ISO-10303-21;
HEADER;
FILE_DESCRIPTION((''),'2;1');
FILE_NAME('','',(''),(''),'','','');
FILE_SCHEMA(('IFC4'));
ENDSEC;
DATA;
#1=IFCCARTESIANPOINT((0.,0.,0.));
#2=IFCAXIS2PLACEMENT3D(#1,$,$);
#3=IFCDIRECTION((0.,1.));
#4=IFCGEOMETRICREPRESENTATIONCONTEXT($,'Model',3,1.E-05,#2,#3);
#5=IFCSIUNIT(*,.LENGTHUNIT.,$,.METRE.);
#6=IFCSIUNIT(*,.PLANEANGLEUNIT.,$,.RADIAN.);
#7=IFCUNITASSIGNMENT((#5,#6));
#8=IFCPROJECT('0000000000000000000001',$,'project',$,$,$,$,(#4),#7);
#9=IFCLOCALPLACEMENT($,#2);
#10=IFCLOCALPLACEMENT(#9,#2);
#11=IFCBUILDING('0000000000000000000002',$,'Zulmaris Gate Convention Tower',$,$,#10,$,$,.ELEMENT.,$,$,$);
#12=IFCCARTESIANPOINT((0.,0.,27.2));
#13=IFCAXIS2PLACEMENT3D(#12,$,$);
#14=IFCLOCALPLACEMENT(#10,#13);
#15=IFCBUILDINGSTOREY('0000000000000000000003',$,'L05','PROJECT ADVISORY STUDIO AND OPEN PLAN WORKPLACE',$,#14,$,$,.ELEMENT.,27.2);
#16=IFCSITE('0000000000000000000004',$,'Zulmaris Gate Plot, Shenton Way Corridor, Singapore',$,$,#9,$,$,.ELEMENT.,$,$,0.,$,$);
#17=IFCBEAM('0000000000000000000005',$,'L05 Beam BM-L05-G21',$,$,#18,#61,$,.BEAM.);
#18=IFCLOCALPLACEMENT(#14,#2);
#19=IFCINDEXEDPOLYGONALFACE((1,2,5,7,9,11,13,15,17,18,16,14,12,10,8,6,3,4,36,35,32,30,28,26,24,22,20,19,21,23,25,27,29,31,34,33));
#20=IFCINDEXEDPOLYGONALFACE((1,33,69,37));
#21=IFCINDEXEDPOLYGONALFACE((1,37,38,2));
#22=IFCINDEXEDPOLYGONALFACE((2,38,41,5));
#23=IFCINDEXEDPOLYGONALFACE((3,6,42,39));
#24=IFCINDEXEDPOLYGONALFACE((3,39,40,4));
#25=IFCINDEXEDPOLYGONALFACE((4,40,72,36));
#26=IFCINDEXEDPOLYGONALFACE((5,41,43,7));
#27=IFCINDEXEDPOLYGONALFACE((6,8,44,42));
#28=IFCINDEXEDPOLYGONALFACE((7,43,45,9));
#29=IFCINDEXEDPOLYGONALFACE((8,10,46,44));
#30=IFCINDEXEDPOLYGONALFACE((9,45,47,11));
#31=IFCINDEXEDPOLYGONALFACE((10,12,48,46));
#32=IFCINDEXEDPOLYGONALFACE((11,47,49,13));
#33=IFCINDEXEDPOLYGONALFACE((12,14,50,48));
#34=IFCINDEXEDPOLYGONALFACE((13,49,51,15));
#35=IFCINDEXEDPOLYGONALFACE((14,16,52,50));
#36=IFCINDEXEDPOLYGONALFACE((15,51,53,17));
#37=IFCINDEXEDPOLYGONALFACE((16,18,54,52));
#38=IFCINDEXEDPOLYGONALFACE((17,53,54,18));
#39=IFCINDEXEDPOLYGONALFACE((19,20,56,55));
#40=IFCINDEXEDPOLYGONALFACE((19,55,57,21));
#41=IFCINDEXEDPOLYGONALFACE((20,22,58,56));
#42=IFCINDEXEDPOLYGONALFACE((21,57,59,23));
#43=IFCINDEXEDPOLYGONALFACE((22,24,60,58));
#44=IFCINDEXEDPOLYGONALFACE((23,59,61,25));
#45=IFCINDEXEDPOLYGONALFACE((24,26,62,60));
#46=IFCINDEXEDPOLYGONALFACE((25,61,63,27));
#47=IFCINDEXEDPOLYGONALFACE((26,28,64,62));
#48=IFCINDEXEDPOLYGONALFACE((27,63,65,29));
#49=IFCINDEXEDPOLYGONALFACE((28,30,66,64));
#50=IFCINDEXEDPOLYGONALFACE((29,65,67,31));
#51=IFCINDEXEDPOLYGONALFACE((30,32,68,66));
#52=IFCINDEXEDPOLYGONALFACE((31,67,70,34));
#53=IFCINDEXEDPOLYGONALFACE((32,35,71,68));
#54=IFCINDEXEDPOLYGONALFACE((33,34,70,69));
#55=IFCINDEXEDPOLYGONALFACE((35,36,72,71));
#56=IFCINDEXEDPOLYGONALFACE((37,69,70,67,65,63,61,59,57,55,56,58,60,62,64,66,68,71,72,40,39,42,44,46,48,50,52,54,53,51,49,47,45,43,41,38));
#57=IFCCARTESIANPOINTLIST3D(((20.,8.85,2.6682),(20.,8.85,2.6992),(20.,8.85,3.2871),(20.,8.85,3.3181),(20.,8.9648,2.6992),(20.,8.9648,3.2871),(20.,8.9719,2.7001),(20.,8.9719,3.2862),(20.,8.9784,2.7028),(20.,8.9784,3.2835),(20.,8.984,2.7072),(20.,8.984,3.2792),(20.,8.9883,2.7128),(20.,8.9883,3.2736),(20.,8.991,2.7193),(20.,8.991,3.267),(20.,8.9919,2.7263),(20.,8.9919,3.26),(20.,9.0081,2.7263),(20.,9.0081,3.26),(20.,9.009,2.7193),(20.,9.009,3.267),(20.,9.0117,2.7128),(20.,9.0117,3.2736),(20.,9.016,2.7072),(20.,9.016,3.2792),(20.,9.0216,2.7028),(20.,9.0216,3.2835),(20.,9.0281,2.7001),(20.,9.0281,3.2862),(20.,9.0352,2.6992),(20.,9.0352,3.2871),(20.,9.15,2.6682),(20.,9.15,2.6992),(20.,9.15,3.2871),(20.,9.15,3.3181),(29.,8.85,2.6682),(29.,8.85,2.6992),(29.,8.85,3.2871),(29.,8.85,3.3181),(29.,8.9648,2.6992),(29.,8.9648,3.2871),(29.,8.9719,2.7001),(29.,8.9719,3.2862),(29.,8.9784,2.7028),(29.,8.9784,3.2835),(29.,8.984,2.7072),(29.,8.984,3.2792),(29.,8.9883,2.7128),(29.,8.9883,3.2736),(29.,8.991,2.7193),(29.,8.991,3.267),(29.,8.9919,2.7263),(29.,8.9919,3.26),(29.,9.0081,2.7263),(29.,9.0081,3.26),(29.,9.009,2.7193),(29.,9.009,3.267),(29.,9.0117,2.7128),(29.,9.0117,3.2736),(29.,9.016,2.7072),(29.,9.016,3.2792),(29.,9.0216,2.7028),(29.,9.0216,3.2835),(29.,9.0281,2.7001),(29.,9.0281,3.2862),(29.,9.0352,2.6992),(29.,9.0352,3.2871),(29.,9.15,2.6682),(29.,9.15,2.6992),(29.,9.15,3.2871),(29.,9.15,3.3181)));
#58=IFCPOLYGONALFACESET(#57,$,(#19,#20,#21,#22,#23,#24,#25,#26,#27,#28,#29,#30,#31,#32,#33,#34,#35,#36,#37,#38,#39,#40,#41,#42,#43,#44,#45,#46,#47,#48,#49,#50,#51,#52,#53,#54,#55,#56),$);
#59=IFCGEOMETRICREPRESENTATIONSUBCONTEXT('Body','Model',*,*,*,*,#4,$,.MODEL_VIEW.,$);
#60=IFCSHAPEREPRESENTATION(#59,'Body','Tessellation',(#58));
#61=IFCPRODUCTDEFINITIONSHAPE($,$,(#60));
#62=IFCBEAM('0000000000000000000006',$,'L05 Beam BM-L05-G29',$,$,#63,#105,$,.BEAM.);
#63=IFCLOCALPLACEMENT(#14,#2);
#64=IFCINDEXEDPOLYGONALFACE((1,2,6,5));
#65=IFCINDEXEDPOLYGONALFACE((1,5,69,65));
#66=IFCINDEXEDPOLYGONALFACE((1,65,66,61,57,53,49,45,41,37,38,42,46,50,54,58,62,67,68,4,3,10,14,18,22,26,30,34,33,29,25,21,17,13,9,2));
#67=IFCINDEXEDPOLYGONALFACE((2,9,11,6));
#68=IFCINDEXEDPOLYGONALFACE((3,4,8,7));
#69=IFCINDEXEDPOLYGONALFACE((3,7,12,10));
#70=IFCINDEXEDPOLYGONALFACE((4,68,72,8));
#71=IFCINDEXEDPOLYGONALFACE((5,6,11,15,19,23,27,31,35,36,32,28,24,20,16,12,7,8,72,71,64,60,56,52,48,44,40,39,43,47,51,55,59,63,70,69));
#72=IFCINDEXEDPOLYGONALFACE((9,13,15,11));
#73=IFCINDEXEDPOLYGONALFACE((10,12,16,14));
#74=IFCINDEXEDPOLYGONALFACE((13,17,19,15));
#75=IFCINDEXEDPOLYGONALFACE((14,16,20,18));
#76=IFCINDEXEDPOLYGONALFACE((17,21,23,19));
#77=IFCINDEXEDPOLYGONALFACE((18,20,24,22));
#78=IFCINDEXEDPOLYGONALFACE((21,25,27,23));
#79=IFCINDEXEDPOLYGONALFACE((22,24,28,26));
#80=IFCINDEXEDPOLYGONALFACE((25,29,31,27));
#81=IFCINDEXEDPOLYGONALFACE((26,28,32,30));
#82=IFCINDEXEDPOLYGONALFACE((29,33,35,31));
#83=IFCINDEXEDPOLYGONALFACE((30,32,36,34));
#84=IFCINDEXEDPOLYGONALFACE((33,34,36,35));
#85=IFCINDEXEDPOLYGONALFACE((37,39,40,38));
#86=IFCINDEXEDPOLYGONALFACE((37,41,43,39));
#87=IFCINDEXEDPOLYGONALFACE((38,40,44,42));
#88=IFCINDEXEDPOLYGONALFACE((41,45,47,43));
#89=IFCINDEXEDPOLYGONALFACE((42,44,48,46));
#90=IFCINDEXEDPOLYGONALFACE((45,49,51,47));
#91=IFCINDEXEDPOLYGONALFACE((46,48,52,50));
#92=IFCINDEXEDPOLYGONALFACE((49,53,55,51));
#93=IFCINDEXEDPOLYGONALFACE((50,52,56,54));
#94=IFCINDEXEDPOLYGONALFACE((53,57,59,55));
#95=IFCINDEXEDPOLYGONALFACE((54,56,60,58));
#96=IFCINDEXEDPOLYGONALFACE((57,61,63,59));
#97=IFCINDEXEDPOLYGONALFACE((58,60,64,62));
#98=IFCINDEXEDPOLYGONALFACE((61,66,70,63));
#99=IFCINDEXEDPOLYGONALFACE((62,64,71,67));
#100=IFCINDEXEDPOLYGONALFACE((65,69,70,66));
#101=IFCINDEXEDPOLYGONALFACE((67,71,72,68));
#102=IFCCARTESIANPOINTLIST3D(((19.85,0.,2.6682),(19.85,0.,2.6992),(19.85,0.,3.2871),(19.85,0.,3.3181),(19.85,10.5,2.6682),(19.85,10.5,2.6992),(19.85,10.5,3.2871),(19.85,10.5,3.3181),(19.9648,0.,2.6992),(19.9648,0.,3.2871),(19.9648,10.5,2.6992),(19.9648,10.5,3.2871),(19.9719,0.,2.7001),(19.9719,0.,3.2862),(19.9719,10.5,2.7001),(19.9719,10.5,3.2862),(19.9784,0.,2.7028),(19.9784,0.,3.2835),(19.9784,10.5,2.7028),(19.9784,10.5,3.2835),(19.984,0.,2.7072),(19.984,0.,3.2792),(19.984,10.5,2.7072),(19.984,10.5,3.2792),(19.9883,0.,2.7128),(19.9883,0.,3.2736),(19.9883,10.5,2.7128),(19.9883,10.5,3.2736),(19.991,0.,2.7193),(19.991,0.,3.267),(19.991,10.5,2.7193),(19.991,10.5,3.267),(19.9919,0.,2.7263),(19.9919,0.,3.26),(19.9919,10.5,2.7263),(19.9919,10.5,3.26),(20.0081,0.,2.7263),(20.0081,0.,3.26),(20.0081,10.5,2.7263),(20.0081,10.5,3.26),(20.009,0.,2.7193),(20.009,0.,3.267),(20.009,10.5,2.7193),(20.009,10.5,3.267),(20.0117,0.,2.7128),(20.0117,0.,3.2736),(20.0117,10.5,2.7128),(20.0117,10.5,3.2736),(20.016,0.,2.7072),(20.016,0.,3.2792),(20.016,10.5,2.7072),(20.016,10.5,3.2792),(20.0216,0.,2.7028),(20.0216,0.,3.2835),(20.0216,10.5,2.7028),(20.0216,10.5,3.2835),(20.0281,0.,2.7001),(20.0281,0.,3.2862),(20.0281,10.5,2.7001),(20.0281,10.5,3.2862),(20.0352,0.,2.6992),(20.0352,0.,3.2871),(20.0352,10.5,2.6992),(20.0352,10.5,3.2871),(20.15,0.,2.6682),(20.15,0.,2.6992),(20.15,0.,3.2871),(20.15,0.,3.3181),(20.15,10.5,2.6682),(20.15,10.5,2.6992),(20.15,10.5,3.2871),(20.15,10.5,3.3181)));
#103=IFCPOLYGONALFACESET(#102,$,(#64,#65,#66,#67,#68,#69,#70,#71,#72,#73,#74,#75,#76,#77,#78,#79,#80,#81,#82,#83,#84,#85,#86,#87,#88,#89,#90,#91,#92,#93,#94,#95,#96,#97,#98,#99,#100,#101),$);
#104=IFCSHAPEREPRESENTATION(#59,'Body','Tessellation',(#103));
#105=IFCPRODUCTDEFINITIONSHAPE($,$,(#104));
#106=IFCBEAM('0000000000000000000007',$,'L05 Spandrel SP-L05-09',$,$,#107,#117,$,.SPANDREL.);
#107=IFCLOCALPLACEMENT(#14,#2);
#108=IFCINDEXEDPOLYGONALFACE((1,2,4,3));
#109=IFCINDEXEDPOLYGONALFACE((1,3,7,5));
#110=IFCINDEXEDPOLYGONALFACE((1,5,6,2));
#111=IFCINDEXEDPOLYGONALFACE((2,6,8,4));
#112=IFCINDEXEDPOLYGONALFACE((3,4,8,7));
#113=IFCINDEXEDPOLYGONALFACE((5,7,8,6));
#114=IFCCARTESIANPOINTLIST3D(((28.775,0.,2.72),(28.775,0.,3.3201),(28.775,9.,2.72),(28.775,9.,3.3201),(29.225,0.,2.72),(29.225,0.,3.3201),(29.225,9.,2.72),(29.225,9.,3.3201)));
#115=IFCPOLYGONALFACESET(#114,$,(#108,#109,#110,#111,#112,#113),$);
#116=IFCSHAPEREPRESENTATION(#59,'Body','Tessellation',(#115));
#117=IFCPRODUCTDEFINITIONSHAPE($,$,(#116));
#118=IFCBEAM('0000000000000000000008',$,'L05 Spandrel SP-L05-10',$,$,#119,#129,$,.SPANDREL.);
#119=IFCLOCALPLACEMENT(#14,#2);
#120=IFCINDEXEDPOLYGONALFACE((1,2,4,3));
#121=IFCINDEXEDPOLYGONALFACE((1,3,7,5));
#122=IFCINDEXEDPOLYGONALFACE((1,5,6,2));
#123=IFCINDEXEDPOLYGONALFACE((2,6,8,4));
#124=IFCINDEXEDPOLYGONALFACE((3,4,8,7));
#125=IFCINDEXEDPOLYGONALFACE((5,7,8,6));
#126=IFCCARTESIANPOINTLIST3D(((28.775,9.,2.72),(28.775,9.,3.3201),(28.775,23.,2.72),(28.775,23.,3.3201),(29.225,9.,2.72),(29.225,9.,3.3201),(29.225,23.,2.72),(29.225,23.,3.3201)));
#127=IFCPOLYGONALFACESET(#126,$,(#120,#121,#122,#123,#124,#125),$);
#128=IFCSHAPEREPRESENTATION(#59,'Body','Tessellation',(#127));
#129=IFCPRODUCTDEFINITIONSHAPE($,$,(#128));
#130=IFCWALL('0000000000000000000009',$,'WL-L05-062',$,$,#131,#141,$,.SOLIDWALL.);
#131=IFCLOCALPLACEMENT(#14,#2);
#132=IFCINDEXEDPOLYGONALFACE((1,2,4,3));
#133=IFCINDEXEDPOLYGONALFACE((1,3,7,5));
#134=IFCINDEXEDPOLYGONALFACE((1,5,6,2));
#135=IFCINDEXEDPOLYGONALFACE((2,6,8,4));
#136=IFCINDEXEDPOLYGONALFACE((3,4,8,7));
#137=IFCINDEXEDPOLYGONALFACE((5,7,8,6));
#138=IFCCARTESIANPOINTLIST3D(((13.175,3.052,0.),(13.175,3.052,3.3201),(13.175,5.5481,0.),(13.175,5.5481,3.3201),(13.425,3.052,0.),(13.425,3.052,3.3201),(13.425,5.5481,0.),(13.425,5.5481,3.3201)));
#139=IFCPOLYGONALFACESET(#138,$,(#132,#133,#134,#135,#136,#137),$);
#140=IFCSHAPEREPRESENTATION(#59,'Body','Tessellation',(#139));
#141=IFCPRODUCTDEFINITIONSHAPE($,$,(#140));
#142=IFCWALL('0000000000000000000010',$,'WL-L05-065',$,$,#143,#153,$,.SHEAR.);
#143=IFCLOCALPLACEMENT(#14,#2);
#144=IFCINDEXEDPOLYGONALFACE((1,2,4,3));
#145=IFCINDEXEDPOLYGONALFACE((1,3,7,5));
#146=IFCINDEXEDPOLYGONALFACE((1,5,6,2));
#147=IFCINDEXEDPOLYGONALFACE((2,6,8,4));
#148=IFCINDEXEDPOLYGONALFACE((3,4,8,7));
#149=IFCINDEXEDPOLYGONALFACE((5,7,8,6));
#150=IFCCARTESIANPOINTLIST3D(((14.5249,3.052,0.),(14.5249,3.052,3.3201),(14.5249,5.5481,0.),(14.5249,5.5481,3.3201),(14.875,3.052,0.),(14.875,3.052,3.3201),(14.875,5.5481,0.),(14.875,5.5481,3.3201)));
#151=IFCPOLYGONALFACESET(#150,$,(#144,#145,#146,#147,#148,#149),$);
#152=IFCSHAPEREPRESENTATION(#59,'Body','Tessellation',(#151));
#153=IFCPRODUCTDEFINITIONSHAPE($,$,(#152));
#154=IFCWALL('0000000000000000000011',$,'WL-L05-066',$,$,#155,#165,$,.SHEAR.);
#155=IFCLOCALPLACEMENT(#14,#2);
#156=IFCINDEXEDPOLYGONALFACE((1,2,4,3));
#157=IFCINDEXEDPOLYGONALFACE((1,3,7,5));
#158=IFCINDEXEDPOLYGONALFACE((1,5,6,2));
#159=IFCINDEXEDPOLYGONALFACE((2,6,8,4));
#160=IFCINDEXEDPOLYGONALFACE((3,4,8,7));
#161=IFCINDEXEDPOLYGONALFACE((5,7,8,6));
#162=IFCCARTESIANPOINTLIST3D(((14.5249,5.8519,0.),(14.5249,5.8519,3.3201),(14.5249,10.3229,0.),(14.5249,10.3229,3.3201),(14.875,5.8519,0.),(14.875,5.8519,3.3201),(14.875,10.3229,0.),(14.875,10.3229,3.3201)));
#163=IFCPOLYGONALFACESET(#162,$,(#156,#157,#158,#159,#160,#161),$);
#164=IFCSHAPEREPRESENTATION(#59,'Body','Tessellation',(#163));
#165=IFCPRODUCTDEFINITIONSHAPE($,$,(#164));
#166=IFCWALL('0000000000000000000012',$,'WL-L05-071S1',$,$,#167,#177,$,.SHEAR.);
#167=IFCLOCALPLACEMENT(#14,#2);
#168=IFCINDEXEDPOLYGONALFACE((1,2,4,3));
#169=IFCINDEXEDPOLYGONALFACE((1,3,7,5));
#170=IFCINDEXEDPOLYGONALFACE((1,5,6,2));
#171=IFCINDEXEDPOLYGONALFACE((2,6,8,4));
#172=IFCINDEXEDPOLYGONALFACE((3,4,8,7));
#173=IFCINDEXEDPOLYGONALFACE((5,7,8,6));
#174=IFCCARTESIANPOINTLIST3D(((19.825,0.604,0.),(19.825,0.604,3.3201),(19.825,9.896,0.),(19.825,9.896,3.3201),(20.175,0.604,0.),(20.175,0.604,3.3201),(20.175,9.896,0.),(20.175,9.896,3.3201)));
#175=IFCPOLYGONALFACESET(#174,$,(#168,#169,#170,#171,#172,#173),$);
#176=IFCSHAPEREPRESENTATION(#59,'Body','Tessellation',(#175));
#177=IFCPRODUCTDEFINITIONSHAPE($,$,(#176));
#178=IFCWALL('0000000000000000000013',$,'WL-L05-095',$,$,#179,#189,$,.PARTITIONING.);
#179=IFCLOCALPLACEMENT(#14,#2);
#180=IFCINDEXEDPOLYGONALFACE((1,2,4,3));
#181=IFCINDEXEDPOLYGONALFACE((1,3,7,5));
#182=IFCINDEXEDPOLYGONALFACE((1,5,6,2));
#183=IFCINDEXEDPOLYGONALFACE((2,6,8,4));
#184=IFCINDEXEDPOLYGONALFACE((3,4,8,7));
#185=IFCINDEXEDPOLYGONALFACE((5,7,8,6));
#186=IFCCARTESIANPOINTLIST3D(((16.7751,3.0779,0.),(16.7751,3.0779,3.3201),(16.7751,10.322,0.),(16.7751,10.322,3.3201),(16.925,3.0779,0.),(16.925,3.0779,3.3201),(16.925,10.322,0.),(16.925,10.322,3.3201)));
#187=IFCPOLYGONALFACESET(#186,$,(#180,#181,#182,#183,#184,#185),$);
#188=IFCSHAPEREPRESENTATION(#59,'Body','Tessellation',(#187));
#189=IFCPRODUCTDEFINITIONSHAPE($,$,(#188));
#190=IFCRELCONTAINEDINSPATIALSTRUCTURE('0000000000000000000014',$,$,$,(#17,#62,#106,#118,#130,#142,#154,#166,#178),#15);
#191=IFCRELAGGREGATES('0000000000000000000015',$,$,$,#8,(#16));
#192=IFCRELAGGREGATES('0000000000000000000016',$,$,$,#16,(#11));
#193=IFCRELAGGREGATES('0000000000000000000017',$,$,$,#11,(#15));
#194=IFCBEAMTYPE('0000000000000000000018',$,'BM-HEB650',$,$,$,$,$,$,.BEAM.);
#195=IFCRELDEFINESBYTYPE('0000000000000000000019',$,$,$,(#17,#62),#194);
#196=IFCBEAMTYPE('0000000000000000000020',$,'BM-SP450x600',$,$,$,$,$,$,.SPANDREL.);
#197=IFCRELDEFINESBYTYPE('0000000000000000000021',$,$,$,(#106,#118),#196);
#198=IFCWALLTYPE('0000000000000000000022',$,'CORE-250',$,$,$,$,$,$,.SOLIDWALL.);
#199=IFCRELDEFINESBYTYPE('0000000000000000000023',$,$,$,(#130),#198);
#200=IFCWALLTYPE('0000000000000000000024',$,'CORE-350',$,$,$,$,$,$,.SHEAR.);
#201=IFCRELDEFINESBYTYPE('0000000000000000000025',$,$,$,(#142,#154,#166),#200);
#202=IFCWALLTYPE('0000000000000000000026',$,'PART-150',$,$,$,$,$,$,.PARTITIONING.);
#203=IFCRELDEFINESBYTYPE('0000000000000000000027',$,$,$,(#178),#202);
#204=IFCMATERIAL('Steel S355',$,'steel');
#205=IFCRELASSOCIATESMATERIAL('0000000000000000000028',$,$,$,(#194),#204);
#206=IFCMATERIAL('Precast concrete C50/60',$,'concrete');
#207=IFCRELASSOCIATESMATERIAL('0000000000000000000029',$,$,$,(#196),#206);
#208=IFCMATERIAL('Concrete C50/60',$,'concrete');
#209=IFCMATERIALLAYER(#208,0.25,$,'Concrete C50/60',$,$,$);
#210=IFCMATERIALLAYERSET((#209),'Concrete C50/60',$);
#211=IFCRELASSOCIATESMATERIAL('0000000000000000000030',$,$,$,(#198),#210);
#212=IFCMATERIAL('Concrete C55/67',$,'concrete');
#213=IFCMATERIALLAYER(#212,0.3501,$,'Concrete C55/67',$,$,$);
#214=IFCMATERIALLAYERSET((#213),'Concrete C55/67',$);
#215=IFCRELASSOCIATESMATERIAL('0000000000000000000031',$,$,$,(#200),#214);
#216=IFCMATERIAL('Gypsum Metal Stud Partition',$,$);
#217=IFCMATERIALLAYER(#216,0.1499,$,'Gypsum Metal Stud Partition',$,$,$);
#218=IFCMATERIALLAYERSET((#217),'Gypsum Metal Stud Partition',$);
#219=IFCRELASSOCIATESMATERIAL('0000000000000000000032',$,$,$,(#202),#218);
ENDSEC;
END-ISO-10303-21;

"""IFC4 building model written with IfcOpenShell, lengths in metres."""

from ifc_helpers import new_model, si_unit, direction, frame, frame_2d, origin, origin_2d, place, context, subcontext, project, spatial, rectangle, i_section, extrude, material, layer, layer_set, material_profile, profile_set, type_object, element, save


model = new_model("IFC4")

# Units and contexts
model_context = context("Model", 3, precision=1e-05, world=origin(), true_north=direction((0.0, 1.0)))
body_context = subcontext(model_context, "Body", "Model", "MODEL_VIEW")
ifc_project = project(units=[si_unit("LENGTHUNIT", "METRE"), si_unit("PLANEANGLEUNIT", "RADIAN")], contexts=[model_context])

# Site, building, storey
site_placement = place(None, origin())
site = spatial("IfcSite", under=ifc_project, at=site_placement, Name="Zulmaris Gate Plot, Shenton Way Corridor, Singapore", CompositionType="ELEMENT", RefElevation=0.0)
building_placement = place(site_placement, origin())
building = spatial("IfcBuilding", under=site, at=building_placement, Name="Zulmaris Gate Convention Tower", CompositionType="ELEMENT")
storey_placement = place(building_placement, frame((0.0, 0.0, 27.2)))
storey = spatial("IfcBuildingStorey", under=building, at=storey_placement, Name="L05", Description="PROJECT ADVISORY STUDIO AND OPEN PLAN WORKPLACE", CompositionType="ELEMENT", Elevation=27.2)

# Beams
ifc_material_1 = material(Name="Steel S355", Category="steel")
ifc_material_profile_1 = material_profile(ifc_material_1, i_section(OverallWidth=0.3, OverallDepth=0.6499, WebThickness=0.0161, FlangeThickness=0.031, FilletRadius=0.0271, at=origin_2d()), Name="HEB 650")
ifc_profile_set_1 = profile_set([ifc_material_profile_1], Name="Steel S355")
beam_type_1 = type_object("IfcBeamType", Name="BM-HEB650", PredefinedType="BEAM", material=ifc_profile_set_1)
for number, where, z_axis, x_axis, name in (
    (1, (20.0, 9.0, 2.9932), (1.0, 0.0, 0.0), (0.0, 1.0, 0.0), "L05 Beam BM-L05-G21"),
):
    element("IfcBeam", number, at=place(storey_placement, frame(where, z_axis=z_axis, x_axis=x_axis)), inside=storey, type_object=beam_type_1, Name=name, PredefinedType="BEAM", context=body_context, shape_type="SweptSolid", body=[
        extrude(i_section(OverallWidth=0.3, OverallDepth=0.6499, WebThickness=0.0161, FlangeThickness=0.031, FilletRadius=0.0271, at=origin_2d()), origin(), (0.0, 0.0, 1.0), 9.0),
    ])
beam_1_placement = place(storey_placement, frame((20.0, 0.0, 2.9932), z_axis=(0.0, 1.0, 0.0), x_axis=(-1.0, 0.0, 0.0)))
element("IfcBeam", 2, at=beam_1_placement, inside=storey, type_object=beam_type_1, Name="L05 Beam BM-L05-G29", PredefinedType="BEAM", context=body_context, shape_type="SweptSolid", body=[
    extrude(i_section(OverallWidth=0.3, OverallDepth=0.6499, WebThickness=0.0161, FlangeThickness=0.031, FilletRadius=0.0271, at=origin_2d()), origin(), (0.0, 0.0, 1.0), 10.5),
])
ifc_material_2 = material(Name="Precast concrete C50/60", Category="concrete")
ifc_material_profile_2 = material_profile(ifc_material_2, rectangle(XDim=0.45, YDim=0.6001, at=origin_2d()), Name="RC SPANDREL 450x600")
ifc_profile_set_2 = profile_set([ifc_material_profile_2], Name="Precast concrete C50/60")
beam_type_2 = type_object("IfcBeamType", Name="BM-SP450x600", PredefinedType="SPANDREL", material=ifc_profile_set_2)
beam_2_placement = place(storey_placement, frame((29.0, 0.0, 3.02), z_axis=(0.0, 1.0, 0.0), x_axis=(-1.0, 0.0, 0.0)))
element("IfcBeam", 3, at=beam_2_placement, inside=storey, type_object=beam_type_2, Name="L05 Spandrel SP-L05-09", PredefinedType="SPANDREL", context=body_context, shape_type="SweptSolid", body=[
    extrude(rectangle(XDim=0.45, YDim=0.6001, at=origin_2d()), origin(), (0.0, 0.0, 1.0), 9.0),
])
beam_3_placement = place(storey_placement, frame((29.0, 9.0, 3.02), z_axis=(0.0, 1.0, 0.0), x_axis=(-1.0, 0.0, 0.0)))
element("IfcBeam", 4, at=beam_3_placement, inside=storey, type_object=beam_type_2, Name="L05 Spandrel SP-L05-10", PredefinedType="SPANDREL", context=body_context, shape_type="SweptSolid", body=[
    extrude(rectangle(XDim=0.45, YDim=0.6001, at=origin_2d()), origin(), (0.0, 0.0, 1.0), 14.0),
])

# Walls
ifc_material_3 = material(Name="Concrete C50/60", Category="concrete")
ifc_layer_1 = layer(ifc_material_3, 0.25, Name="Concrete C50/60")
ifc_layer_set_1 = layer_set([ifc_layer_1], Name="Concrete C50/60")
wall_type_1 = type_object("IfcWallType", Name="CORE-250", PredefinedType="SOLIDWALL", material=ifc_layer_set_1)
wall_1_placement = place(storey_placement, frame((13.3, 3.052, 0.0), z_axis=(0.0, 0.0, 1.0), x_axis=(0.0, 1.0, 0.0)))
element("IfcWall", 5, at=wall_1_placement, inside=storey, type_object=wall_type_1, Name="WL-L05-062", PredefinedType="SOLIDWALL", context=body_context, shape_type="SweptSolid", body=[
    extrude(rectangle(XDim=2.4961, YDim=0.25, at=frame_2d((1.248, 0.0))), origin(), (0.0, 0.0, 1.0), 3.3201),
])
ifc_material_4 = material(Name="Concrete C55/67", Category="concrete")
ifc_layer_2 = layer(ifc_material_4, 0.3501, Name="Concrete C55/67")
ifc_layer_set_2 = layer_set([ifc_layer_2], Name="Concrete C55/67")
wall_type_2 = type_object("IfcWallType", Name="CORE-350", PredefinedType="SHEAR", material=ifc_layer_set_2)
wall_2_placement = place(storey_placement, frame((14.7, 3.052, 0.0), z_axis=(0.0, 0.0, 1.0), x_axis=(0.0, 1.0, 0.0)))
element("IfcWall", 6, at=wall_2_placement, inside=storey, type_object=wall_type_2, Name="WL-L05-065", PredefinedType="SHEAR", context=body_context, shape_type="SweptSolid", body=[
    extrude(rectangle(XDim=2.4961, YDim=0.3501, at=frame_2d((1.248, 0.0))), origin(), (0.0, 0.0, 1.0), 3.3201),
])
wall_3_placement = place(storey_placement, frame((14.7, 5.8521, 0.0), z_axis=(0.0, 0.0, 1.0), x_axis=(0.0, 1.0, 0.0)))
element("IfcWall", 7, at=wall_3_placement, inside=storey, type_object=wall_type_2, Name="WL-L05-066", PredefinedType="SHEAR", context=body_context, shape_type="SweptSolid", body=[
    extrude(rectangle(XDim=4.4709, YDim=0.3501, at=frame_2d((2.2354, 0.0))), origin(), (0.0, 0.0, 1.0), 3.3201),
])
wall_4_placement = place(storey_placement, frame((20.0, 0.604, 0.0), z_axis=(0.0, 0.0, 1.0), x_axis=(0.0, 1.0, 0.0)))
element("IfcWall", 8, at=wall_4_placement, inside=storey, type_object=wall_type_2, Name="WL-L05-071S1", PredefinedType="SHEAR", context=body_context, shape_type="SweptSolid", body=[
    extrude(rectangle(XDim=9.292, YDim=0.3501, at=frame_2d((4.646, 0.0))), origin(), (0.0, 0.0, 1.0), 3.3201),
])

# Shared definitions
ifc_material_5 = material(Name="Gypsum Metal Stud Partition")
ifc_layer_3 = layer(ifc_material_5, 0.1499, Name="Gypsum Metal Stud Partition")
ifc_layer_set_3 = layer_set([ifc_layer_3], Name="Gypsum Metal Stud Partition")
wall_type_3 = type_object("IfcWallType", Name="PART-150", PredefinedType="PARTITIONING", material=ifc_layer_set_3)

# Wall
wall_5_placement = place(storey_placement, frame((16.8501, 3.0779, 0.0), z_axis=(0.0, 0.0, 1.0), x_axis=(0.0, 1.0, 0.0)))
element("IfcWall", 9, at=wall_5_placement, inside=storey, type_object=wall_type_3, Name="WL-L05-095", PredefinedType="PARTITIONING", context=body_context, shape_type="SweptSolid", body=[
    extrude(rectangle(XDim=7.2441, YDim=0.1499, at=frame_2d((3.6221, 0.0))), origin(), (0.0, 0.0, 1.0), 3.3201),
])

save(model, "model.ifc")
